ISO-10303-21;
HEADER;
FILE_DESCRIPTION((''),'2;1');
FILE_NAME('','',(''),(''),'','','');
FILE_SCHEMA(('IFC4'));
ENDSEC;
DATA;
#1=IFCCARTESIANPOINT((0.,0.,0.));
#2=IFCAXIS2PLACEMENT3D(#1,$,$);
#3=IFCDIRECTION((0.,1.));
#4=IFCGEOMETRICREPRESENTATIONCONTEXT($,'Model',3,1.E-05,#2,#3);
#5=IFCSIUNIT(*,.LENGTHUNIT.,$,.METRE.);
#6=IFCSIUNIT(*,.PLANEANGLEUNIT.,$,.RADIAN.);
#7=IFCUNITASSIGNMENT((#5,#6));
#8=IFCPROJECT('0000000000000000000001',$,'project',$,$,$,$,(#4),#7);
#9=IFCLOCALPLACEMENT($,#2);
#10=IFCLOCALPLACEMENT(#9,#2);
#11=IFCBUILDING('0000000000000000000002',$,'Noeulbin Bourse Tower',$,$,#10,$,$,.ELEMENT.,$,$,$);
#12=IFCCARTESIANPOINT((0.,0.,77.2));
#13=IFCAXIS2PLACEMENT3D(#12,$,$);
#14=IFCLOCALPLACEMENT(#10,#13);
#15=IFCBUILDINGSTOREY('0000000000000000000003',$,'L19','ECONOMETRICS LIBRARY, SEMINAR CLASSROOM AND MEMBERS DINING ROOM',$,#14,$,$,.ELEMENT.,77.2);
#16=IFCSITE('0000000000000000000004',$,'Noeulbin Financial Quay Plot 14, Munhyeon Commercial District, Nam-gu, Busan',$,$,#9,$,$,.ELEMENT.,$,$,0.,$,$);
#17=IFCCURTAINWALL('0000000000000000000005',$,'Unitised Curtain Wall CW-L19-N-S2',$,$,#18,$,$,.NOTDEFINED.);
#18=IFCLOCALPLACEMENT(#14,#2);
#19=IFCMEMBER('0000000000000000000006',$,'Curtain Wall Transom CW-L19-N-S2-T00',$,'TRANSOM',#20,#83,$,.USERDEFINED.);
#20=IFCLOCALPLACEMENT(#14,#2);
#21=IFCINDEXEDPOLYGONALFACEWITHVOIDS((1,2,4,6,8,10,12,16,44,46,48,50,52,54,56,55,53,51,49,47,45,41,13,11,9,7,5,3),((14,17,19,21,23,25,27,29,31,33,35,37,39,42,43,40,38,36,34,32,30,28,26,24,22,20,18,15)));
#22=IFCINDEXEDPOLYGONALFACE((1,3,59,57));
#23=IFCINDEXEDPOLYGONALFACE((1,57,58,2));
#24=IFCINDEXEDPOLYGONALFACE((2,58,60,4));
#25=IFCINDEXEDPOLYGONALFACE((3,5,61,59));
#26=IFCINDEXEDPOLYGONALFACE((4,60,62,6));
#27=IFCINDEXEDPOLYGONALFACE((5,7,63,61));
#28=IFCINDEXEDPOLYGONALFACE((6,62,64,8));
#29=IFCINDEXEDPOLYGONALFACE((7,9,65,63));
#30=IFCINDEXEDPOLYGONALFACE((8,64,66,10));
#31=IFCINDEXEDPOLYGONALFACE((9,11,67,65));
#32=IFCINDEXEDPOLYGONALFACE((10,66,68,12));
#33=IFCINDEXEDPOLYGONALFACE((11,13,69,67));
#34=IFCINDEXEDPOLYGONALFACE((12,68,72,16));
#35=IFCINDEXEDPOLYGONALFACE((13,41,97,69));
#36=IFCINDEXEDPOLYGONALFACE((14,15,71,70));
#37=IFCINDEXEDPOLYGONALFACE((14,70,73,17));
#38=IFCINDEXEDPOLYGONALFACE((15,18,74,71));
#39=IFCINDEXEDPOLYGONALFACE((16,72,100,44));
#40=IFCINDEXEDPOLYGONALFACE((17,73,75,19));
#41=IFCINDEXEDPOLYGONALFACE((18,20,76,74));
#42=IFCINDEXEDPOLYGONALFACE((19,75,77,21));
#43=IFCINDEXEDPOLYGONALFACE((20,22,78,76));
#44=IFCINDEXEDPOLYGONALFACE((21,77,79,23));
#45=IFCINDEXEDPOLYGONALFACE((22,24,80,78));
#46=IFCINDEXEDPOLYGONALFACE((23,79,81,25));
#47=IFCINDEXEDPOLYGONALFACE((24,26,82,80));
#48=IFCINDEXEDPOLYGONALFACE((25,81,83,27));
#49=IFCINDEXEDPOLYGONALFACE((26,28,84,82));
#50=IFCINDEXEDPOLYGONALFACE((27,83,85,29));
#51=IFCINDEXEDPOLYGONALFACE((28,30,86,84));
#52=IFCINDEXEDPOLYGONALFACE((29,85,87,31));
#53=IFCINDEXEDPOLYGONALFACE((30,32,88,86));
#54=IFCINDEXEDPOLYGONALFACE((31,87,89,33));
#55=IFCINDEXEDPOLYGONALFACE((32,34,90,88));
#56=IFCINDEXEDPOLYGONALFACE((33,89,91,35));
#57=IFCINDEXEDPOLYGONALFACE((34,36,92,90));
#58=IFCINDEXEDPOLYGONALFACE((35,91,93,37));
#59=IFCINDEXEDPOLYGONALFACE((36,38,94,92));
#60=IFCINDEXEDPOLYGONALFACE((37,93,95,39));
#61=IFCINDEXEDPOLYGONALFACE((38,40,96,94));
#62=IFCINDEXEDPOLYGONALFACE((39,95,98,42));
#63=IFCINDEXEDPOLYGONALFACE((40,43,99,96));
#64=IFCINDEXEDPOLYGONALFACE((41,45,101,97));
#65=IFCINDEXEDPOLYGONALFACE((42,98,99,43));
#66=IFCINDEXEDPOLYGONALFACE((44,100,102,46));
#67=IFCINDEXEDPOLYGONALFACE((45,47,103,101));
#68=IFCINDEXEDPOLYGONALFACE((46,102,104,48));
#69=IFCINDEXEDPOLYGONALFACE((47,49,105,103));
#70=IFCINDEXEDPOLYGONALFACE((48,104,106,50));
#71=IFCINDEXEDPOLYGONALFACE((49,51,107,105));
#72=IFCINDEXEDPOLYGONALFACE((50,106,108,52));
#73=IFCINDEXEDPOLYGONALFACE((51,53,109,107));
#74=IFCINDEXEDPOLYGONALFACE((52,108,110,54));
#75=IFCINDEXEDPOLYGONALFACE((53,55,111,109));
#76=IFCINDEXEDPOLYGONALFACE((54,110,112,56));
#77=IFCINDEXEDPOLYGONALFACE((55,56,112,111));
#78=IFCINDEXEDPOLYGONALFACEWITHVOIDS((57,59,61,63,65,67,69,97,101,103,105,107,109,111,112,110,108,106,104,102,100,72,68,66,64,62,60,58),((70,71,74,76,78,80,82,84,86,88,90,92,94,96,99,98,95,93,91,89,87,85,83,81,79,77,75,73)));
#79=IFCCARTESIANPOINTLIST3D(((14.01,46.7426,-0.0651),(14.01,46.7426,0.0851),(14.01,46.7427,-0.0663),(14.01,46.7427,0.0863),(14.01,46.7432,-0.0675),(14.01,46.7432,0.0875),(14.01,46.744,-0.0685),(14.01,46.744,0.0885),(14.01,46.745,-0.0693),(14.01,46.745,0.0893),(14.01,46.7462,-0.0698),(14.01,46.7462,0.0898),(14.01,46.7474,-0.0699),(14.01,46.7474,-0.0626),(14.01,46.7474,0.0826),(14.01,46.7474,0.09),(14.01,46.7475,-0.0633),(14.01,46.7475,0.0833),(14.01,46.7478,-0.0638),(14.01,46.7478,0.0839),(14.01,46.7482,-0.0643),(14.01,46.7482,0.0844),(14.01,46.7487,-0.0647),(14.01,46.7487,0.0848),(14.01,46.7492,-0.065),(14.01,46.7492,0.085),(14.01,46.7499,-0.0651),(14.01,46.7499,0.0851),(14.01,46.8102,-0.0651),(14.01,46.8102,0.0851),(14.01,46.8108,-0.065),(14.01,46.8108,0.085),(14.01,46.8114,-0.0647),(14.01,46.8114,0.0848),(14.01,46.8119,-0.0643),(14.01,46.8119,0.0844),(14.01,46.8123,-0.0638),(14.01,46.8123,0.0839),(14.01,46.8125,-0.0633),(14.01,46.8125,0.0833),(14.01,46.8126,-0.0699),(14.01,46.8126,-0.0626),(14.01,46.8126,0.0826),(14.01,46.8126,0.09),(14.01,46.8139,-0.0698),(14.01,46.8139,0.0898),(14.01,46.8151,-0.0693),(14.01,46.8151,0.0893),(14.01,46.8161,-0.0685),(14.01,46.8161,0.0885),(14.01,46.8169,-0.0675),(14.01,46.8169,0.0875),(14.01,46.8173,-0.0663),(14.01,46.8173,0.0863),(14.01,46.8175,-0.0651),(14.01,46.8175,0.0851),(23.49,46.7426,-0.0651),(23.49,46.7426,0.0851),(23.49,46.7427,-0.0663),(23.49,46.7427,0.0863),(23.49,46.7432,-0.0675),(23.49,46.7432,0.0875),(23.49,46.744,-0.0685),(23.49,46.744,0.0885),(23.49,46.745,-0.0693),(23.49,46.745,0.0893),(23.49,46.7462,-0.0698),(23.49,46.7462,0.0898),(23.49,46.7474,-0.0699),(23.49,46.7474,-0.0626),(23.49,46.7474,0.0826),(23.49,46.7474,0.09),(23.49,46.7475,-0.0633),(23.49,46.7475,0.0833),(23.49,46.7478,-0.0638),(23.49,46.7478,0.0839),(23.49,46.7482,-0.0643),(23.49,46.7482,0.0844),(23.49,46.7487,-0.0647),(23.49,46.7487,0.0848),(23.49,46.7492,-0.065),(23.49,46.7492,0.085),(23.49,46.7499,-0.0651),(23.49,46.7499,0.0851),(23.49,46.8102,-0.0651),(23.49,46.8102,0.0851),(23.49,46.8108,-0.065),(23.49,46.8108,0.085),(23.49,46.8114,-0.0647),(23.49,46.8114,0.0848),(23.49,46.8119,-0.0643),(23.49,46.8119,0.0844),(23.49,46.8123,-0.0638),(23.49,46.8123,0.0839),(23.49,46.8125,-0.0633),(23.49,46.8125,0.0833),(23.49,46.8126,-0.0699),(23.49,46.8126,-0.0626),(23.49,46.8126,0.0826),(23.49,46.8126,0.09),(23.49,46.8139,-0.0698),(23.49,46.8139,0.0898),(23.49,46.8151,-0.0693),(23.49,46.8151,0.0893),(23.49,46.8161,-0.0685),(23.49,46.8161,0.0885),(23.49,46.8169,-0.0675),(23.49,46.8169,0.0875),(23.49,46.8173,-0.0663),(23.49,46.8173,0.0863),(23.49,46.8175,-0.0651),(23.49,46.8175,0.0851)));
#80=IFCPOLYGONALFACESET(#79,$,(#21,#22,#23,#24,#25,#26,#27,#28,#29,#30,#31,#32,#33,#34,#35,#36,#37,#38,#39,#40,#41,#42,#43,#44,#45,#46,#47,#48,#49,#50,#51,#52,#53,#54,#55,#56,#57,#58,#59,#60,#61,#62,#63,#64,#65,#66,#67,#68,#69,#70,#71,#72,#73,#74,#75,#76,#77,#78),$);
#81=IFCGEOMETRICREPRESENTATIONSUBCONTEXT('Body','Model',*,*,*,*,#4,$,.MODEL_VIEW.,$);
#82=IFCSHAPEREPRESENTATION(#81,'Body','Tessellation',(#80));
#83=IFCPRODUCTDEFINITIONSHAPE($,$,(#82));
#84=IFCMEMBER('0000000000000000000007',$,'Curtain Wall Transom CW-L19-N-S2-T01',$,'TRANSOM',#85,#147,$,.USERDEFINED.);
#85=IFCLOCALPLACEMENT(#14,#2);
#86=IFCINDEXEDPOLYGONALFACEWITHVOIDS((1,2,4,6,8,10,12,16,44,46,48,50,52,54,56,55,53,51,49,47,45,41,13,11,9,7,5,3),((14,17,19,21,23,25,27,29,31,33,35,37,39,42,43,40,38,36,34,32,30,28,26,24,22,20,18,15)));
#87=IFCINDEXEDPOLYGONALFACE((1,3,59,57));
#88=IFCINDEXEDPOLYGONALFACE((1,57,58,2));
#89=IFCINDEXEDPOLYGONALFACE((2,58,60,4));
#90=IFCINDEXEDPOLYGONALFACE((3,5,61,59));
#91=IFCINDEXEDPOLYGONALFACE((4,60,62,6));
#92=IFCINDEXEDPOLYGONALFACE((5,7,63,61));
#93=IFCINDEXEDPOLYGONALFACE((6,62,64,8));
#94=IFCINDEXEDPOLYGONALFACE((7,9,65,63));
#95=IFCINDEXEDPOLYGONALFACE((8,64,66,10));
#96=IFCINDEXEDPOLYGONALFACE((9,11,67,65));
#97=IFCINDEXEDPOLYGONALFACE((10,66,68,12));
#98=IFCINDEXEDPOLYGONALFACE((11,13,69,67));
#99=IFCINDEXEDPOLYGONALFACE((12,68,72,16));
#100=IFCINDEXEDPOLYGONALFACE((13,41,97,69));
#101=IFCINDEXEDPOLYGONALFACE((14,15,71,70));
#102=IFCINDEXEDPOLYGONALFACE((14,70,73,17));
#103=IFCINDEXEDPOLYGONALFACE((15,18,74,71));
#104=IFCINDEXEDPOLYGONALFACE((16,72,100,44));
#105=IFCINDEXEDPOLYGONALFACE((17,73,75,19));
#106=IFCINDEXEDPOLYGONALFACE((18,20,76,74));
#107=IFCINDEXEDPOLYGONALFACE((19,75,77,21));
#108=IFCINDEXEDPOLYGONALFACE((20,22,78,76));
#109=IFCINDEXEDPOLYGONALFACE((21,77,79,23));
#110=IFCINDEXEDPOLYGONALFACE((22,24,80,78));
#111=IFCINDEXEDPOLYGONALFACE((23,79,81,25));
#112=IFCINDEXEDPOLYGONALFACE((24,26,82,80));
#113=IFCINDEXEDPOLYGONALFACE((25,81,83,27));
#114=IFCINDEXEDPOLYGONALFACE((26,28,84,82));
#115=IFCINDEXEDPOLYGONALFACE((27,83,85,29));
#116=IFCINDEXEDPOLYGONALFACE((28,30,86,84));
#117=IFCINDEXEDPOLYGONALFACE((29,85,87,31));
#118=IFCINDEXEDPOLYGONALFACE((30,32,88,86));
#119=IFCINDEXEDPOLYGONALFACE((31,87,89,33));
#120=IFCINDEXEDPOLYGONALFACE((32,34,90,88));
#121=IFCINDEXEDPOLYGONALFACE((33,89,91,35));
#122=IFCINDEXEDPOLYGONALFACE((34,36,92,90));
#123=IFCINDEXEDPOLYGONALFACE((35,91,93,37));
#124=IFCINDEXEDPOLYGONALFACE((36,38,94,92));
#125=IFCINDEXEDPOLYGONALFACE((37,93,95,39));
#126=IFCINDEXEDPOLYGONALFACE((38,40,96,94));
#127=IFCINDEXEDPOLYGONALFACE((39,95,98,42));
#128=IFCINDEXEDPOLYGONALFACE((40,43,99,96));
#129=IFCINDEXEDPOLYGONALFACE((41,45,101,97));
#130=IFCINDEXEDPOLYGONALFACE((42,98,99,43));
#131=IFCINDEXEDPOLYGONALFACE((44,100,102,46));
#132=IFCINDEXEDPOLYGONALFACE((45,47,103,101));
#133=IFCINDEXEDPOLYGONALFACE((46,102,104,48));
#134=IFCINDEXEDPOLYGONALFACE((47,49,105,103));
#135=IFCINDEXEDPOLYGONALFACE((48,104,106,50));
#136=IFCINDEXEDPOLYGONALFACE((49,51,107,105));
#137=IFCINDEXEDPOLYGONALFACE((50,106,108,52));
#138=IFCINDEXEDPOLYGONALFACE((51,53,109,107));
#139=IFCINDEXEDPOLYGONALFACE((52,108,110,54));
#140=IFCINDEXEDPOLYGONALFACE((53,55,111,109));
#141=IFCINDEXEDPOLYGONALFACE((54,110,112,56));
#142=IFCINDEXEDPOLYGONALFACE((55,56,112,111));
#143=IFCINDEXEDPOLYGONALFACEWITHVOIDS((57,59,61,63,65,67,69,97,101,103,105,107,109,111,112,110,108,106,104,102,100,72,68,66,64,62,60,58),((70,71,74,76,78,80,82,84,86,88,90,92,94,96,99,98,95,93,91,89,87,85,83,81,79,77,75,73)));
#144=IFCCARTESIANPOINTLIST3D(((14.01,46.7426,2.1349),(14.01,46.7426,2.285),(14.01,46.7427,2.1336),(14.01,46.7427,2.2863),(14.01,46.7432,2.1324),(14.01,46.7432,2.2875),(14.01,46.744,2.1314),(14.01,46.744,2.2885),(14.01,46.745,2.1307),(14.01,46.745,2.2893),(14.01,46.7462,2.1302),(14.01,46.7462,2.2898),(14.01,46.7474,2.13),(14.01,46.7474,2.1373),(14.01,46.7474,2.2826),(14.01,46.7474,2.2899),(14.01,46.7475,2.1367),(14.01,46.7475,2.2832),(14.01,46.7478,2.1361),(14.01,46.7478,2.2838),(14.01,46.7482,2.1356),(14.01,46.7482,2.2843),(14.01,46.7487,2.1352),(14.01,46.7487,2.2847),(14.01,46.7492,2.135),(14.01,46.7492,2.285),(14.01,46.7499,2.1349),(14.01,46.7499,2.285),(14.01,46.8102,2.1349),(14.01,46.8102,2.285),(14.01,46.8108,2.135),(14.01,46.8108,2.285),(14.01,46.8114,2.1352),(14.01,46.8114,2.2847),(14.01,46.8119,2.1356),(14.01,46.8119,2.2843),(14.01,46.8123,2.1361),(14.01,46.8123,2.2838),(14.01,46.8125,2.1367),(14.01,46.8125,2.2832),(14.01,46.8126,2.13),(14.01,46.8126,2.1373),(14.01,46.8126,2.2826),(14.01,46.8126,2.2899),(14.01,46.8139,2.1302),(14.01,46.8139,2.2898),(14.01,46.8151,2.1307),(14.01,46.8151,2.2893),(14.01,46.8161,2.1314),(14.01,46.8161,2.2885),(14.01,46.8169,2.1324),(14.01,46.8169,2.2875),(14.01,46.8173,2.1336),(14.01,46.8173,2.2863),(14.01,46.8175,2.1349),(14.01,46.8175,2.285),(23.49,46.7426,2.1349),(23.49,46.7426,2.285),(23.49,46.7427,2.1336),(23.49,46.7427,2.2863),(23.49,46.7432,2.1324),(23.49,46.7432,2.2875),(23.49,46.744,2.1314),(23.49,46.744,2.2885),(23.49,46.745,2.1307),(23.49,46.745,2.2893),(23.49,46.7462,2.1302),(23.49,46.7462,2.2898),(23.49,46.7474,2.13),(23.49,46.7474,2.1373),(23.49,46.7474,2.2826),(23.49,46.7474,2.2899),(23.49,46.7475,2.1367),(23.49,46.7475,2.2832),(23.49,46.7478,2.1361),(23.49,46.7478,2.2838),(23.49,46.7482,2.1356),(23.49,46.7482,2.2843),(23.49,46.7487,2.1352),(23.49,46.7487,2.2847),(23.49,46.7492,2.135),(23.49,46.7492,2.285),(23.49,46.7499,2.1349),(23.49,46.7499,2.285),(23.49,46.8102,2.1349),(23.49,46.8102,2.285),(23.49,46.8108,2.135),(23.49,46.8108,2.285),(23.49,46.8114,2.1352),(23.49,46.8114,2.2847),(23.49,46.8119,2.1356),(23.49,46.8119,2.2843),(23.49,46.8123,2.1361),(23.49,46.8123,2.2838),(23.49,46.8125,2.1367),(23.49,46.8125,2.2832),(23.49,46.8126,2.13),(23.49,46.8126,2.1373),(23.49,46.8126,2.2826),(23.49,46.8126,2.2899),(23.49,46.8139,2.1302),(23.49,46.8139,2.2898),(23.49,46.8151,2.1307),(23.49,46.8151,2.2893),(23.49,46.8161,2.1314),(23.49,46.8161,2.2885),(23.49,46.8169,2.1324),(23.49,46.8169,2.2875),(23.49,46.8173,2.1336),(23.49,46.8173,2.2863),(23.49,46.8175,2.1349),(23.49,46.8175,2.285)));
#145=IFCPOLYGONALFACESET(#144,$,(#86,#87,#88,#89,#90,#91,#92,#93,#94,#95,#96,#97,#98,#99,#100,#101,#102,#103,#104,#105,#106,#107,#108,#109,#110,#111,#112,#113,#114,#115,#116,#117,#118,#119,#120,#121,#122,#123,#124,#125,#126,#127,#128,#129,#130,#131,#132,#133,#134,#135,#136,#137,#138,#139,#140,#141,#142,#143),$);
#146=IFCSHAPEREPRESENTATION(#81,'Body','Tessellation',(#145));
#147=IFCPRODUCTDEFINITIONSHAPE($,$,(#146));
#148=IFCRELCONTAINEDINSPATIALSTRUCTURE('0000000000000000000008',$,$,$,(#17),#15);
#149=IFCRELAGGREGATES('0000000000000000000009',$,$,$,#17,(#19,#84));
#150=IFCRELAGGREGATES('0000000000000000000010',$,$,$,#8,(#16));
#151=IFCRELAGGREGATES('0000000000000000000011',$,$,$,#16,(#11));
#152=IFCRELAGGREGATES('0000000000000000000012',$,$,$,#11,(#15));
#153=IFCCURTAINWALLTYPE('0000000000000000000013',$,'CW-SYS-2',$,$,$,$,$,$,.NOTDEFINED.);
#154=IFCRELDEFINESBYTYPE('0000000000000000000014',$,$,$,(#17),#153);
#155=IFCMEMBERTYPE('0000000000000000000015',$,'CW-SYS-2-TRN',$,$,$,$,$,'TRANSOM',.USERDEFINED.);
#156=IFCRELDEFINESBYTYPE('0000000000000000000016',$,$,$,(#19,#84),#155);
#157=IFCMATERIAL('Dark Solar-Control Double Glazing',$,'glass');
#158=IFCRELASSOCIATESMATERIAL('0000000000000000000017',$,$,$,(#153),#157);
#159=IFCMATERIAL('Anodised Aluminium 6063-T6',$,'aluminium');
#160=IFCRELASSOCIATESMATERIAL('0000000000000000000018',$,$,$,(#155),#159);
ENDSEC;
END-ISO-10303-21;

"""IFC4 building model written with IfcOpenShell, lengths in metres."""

from ifc_helpers import new_model, si_unit, direction, frame, origin, origin_2d, place, context, subcontext, project, spatial, hollow_rectangle, extrude, material, material_profile, profile_set, type_object, element, aggregate, save


model = new_model("IFC4")

# Units and contexts
model_context = context("Model", 3, precision=1e-05, world=origin(), true_north=direction((0.0, 1.0)))
body_context = subcontext(model_context, "Body", "Model", "MODEL_VIEW")
ifc_project = project(units=[si_unit("LENGTHUNIT", "METRE"), si_unit("PLANEANGLEUNIT", "RADIAN")], contexts=[model_context])

# Site, building, storey
site_placement = place(None, origin())
site = spatial("IfcSite", under=ifc_project, at=site_placement, Name="Noeulbin Financial Quay Plot 14, Munhyeon Commercial District, Nam-gu, Busan", CompositionType="ELEMENT", RefElevation=0.0)
building_placement = place(site_placement, origin())
building = spatial("IfcBuilding", under=site, at=building_placement, Name="Noeulbin Bourse Tower", CompositionType="ELEMENT")
storey_placement = place(building_placement, frame((0.0, 0.0, 77.2)))
storey = spatial("IfcBuildingStorey", under=building, at=storey_placement, Name="L19", Description="ECONOMETRICS LIBRARY, SEMINAR CLASSROOM AND MEMBERS DINING ROOM", CompositionType="ELEMENT", Elevation=77.2)

# Shared definitions
ifc_material_1 = material(Name="Dark Solar-Control Double Glazing", Category="glass")
curtain_wall_type = type_object("IfcCurtainWallType", Name="CW-SYS-2", PredefinedType="NOTDEFINED", material=ifc_material_1)
ifc_material_2 = material(Name="Anodised Aluminium 6063-T6", Category="aluminium")

# Curtain wall
curtain_wall_1_placement = place(storey_placement, origin())
curtain_wall_1 = element("IfcCurtainWall", 1, at=curtain_wall_1_placement, inside=storey, type_object=curtain_wall_type, Name="Unitised Curtain Wall CW-L19-N-S2", PredefinedType="NOTDEFINED")

# Members
ifc_material_profile_1 = material_profile(ifc_material_2, hollow_rectangle(XDim=0.075, YDim=0.1599, WallThickness=0.0049, InnerFilletRadius=0.0024, OuterFilletRadius=0.0049, at=origin_2d()), Name="ALU-TRAN-75x160x5", Category="LoadBearing")
ifc_profile_set_1 = profile_set([ifc_material_profile_1], Name="Anodised Aluminium 6063-T6")
member_type_1 = type_object("IfcMemberType", Name="CW-SYS-2-TRN", ElementType="TRANSOM", PredefinedType="USERDEFINED", material=ifc_profile_set_1)
member_1_placement = place(storey_placement, frame((14.01, 46.78, 0.01), z_axis=(1.0, 0.0, 0.0), x_axis=(0.0, 1.0, 0.0)))
member_1 = element("IfcMember", 2, at=member_1_placement, type_object=member_type_1, Name="Curtain Wall Transom CW-L19-N-S2-T00", ObjectType="TRANSOM", PredefinedType="USERDEFINED", context=body_context, shape_type="SweptSolid", body=[
    extrude(hollow_rectangle(XDim=0.075, YDim=0.1599, WallThickness=0.0049, InnerFilletRadius=0.0024, OuterFilletRadius=0.0049, at=origin_2d()), origin(), (0.0, 0.0, 1.0), 9.48),
])
member_2_placement = place(storey_placement, frame((14.01, 46.78, 2.21), z_axis=(1.0, 0.0, 0.0), x_axis=(0.0, 1.0, 0.0)))
member_2 = element("IfcMember", 3, at=member_2_placement, type_object=member_type_1, Name="Curtain Wall Transom CW-L19-N-S2-T01", ObjectType="TRANSOM", PredefinedType="USERDEFINED", context=body_context, shape_type="SweptSolid", body=[
    extrude(hollow_rectangle(XDim=0.075, YDim=0.1599, WallThickness=0.0049, InnerFilletRadius=0.0024, OuterFilletRadius=0.0049, at=origin_2d()), origin(), (0.0, 0.0, 1.0), 9.48),
])
aggregate(curtain_wall_1, [member_1, member_2])

save(model, "model.ifc")
